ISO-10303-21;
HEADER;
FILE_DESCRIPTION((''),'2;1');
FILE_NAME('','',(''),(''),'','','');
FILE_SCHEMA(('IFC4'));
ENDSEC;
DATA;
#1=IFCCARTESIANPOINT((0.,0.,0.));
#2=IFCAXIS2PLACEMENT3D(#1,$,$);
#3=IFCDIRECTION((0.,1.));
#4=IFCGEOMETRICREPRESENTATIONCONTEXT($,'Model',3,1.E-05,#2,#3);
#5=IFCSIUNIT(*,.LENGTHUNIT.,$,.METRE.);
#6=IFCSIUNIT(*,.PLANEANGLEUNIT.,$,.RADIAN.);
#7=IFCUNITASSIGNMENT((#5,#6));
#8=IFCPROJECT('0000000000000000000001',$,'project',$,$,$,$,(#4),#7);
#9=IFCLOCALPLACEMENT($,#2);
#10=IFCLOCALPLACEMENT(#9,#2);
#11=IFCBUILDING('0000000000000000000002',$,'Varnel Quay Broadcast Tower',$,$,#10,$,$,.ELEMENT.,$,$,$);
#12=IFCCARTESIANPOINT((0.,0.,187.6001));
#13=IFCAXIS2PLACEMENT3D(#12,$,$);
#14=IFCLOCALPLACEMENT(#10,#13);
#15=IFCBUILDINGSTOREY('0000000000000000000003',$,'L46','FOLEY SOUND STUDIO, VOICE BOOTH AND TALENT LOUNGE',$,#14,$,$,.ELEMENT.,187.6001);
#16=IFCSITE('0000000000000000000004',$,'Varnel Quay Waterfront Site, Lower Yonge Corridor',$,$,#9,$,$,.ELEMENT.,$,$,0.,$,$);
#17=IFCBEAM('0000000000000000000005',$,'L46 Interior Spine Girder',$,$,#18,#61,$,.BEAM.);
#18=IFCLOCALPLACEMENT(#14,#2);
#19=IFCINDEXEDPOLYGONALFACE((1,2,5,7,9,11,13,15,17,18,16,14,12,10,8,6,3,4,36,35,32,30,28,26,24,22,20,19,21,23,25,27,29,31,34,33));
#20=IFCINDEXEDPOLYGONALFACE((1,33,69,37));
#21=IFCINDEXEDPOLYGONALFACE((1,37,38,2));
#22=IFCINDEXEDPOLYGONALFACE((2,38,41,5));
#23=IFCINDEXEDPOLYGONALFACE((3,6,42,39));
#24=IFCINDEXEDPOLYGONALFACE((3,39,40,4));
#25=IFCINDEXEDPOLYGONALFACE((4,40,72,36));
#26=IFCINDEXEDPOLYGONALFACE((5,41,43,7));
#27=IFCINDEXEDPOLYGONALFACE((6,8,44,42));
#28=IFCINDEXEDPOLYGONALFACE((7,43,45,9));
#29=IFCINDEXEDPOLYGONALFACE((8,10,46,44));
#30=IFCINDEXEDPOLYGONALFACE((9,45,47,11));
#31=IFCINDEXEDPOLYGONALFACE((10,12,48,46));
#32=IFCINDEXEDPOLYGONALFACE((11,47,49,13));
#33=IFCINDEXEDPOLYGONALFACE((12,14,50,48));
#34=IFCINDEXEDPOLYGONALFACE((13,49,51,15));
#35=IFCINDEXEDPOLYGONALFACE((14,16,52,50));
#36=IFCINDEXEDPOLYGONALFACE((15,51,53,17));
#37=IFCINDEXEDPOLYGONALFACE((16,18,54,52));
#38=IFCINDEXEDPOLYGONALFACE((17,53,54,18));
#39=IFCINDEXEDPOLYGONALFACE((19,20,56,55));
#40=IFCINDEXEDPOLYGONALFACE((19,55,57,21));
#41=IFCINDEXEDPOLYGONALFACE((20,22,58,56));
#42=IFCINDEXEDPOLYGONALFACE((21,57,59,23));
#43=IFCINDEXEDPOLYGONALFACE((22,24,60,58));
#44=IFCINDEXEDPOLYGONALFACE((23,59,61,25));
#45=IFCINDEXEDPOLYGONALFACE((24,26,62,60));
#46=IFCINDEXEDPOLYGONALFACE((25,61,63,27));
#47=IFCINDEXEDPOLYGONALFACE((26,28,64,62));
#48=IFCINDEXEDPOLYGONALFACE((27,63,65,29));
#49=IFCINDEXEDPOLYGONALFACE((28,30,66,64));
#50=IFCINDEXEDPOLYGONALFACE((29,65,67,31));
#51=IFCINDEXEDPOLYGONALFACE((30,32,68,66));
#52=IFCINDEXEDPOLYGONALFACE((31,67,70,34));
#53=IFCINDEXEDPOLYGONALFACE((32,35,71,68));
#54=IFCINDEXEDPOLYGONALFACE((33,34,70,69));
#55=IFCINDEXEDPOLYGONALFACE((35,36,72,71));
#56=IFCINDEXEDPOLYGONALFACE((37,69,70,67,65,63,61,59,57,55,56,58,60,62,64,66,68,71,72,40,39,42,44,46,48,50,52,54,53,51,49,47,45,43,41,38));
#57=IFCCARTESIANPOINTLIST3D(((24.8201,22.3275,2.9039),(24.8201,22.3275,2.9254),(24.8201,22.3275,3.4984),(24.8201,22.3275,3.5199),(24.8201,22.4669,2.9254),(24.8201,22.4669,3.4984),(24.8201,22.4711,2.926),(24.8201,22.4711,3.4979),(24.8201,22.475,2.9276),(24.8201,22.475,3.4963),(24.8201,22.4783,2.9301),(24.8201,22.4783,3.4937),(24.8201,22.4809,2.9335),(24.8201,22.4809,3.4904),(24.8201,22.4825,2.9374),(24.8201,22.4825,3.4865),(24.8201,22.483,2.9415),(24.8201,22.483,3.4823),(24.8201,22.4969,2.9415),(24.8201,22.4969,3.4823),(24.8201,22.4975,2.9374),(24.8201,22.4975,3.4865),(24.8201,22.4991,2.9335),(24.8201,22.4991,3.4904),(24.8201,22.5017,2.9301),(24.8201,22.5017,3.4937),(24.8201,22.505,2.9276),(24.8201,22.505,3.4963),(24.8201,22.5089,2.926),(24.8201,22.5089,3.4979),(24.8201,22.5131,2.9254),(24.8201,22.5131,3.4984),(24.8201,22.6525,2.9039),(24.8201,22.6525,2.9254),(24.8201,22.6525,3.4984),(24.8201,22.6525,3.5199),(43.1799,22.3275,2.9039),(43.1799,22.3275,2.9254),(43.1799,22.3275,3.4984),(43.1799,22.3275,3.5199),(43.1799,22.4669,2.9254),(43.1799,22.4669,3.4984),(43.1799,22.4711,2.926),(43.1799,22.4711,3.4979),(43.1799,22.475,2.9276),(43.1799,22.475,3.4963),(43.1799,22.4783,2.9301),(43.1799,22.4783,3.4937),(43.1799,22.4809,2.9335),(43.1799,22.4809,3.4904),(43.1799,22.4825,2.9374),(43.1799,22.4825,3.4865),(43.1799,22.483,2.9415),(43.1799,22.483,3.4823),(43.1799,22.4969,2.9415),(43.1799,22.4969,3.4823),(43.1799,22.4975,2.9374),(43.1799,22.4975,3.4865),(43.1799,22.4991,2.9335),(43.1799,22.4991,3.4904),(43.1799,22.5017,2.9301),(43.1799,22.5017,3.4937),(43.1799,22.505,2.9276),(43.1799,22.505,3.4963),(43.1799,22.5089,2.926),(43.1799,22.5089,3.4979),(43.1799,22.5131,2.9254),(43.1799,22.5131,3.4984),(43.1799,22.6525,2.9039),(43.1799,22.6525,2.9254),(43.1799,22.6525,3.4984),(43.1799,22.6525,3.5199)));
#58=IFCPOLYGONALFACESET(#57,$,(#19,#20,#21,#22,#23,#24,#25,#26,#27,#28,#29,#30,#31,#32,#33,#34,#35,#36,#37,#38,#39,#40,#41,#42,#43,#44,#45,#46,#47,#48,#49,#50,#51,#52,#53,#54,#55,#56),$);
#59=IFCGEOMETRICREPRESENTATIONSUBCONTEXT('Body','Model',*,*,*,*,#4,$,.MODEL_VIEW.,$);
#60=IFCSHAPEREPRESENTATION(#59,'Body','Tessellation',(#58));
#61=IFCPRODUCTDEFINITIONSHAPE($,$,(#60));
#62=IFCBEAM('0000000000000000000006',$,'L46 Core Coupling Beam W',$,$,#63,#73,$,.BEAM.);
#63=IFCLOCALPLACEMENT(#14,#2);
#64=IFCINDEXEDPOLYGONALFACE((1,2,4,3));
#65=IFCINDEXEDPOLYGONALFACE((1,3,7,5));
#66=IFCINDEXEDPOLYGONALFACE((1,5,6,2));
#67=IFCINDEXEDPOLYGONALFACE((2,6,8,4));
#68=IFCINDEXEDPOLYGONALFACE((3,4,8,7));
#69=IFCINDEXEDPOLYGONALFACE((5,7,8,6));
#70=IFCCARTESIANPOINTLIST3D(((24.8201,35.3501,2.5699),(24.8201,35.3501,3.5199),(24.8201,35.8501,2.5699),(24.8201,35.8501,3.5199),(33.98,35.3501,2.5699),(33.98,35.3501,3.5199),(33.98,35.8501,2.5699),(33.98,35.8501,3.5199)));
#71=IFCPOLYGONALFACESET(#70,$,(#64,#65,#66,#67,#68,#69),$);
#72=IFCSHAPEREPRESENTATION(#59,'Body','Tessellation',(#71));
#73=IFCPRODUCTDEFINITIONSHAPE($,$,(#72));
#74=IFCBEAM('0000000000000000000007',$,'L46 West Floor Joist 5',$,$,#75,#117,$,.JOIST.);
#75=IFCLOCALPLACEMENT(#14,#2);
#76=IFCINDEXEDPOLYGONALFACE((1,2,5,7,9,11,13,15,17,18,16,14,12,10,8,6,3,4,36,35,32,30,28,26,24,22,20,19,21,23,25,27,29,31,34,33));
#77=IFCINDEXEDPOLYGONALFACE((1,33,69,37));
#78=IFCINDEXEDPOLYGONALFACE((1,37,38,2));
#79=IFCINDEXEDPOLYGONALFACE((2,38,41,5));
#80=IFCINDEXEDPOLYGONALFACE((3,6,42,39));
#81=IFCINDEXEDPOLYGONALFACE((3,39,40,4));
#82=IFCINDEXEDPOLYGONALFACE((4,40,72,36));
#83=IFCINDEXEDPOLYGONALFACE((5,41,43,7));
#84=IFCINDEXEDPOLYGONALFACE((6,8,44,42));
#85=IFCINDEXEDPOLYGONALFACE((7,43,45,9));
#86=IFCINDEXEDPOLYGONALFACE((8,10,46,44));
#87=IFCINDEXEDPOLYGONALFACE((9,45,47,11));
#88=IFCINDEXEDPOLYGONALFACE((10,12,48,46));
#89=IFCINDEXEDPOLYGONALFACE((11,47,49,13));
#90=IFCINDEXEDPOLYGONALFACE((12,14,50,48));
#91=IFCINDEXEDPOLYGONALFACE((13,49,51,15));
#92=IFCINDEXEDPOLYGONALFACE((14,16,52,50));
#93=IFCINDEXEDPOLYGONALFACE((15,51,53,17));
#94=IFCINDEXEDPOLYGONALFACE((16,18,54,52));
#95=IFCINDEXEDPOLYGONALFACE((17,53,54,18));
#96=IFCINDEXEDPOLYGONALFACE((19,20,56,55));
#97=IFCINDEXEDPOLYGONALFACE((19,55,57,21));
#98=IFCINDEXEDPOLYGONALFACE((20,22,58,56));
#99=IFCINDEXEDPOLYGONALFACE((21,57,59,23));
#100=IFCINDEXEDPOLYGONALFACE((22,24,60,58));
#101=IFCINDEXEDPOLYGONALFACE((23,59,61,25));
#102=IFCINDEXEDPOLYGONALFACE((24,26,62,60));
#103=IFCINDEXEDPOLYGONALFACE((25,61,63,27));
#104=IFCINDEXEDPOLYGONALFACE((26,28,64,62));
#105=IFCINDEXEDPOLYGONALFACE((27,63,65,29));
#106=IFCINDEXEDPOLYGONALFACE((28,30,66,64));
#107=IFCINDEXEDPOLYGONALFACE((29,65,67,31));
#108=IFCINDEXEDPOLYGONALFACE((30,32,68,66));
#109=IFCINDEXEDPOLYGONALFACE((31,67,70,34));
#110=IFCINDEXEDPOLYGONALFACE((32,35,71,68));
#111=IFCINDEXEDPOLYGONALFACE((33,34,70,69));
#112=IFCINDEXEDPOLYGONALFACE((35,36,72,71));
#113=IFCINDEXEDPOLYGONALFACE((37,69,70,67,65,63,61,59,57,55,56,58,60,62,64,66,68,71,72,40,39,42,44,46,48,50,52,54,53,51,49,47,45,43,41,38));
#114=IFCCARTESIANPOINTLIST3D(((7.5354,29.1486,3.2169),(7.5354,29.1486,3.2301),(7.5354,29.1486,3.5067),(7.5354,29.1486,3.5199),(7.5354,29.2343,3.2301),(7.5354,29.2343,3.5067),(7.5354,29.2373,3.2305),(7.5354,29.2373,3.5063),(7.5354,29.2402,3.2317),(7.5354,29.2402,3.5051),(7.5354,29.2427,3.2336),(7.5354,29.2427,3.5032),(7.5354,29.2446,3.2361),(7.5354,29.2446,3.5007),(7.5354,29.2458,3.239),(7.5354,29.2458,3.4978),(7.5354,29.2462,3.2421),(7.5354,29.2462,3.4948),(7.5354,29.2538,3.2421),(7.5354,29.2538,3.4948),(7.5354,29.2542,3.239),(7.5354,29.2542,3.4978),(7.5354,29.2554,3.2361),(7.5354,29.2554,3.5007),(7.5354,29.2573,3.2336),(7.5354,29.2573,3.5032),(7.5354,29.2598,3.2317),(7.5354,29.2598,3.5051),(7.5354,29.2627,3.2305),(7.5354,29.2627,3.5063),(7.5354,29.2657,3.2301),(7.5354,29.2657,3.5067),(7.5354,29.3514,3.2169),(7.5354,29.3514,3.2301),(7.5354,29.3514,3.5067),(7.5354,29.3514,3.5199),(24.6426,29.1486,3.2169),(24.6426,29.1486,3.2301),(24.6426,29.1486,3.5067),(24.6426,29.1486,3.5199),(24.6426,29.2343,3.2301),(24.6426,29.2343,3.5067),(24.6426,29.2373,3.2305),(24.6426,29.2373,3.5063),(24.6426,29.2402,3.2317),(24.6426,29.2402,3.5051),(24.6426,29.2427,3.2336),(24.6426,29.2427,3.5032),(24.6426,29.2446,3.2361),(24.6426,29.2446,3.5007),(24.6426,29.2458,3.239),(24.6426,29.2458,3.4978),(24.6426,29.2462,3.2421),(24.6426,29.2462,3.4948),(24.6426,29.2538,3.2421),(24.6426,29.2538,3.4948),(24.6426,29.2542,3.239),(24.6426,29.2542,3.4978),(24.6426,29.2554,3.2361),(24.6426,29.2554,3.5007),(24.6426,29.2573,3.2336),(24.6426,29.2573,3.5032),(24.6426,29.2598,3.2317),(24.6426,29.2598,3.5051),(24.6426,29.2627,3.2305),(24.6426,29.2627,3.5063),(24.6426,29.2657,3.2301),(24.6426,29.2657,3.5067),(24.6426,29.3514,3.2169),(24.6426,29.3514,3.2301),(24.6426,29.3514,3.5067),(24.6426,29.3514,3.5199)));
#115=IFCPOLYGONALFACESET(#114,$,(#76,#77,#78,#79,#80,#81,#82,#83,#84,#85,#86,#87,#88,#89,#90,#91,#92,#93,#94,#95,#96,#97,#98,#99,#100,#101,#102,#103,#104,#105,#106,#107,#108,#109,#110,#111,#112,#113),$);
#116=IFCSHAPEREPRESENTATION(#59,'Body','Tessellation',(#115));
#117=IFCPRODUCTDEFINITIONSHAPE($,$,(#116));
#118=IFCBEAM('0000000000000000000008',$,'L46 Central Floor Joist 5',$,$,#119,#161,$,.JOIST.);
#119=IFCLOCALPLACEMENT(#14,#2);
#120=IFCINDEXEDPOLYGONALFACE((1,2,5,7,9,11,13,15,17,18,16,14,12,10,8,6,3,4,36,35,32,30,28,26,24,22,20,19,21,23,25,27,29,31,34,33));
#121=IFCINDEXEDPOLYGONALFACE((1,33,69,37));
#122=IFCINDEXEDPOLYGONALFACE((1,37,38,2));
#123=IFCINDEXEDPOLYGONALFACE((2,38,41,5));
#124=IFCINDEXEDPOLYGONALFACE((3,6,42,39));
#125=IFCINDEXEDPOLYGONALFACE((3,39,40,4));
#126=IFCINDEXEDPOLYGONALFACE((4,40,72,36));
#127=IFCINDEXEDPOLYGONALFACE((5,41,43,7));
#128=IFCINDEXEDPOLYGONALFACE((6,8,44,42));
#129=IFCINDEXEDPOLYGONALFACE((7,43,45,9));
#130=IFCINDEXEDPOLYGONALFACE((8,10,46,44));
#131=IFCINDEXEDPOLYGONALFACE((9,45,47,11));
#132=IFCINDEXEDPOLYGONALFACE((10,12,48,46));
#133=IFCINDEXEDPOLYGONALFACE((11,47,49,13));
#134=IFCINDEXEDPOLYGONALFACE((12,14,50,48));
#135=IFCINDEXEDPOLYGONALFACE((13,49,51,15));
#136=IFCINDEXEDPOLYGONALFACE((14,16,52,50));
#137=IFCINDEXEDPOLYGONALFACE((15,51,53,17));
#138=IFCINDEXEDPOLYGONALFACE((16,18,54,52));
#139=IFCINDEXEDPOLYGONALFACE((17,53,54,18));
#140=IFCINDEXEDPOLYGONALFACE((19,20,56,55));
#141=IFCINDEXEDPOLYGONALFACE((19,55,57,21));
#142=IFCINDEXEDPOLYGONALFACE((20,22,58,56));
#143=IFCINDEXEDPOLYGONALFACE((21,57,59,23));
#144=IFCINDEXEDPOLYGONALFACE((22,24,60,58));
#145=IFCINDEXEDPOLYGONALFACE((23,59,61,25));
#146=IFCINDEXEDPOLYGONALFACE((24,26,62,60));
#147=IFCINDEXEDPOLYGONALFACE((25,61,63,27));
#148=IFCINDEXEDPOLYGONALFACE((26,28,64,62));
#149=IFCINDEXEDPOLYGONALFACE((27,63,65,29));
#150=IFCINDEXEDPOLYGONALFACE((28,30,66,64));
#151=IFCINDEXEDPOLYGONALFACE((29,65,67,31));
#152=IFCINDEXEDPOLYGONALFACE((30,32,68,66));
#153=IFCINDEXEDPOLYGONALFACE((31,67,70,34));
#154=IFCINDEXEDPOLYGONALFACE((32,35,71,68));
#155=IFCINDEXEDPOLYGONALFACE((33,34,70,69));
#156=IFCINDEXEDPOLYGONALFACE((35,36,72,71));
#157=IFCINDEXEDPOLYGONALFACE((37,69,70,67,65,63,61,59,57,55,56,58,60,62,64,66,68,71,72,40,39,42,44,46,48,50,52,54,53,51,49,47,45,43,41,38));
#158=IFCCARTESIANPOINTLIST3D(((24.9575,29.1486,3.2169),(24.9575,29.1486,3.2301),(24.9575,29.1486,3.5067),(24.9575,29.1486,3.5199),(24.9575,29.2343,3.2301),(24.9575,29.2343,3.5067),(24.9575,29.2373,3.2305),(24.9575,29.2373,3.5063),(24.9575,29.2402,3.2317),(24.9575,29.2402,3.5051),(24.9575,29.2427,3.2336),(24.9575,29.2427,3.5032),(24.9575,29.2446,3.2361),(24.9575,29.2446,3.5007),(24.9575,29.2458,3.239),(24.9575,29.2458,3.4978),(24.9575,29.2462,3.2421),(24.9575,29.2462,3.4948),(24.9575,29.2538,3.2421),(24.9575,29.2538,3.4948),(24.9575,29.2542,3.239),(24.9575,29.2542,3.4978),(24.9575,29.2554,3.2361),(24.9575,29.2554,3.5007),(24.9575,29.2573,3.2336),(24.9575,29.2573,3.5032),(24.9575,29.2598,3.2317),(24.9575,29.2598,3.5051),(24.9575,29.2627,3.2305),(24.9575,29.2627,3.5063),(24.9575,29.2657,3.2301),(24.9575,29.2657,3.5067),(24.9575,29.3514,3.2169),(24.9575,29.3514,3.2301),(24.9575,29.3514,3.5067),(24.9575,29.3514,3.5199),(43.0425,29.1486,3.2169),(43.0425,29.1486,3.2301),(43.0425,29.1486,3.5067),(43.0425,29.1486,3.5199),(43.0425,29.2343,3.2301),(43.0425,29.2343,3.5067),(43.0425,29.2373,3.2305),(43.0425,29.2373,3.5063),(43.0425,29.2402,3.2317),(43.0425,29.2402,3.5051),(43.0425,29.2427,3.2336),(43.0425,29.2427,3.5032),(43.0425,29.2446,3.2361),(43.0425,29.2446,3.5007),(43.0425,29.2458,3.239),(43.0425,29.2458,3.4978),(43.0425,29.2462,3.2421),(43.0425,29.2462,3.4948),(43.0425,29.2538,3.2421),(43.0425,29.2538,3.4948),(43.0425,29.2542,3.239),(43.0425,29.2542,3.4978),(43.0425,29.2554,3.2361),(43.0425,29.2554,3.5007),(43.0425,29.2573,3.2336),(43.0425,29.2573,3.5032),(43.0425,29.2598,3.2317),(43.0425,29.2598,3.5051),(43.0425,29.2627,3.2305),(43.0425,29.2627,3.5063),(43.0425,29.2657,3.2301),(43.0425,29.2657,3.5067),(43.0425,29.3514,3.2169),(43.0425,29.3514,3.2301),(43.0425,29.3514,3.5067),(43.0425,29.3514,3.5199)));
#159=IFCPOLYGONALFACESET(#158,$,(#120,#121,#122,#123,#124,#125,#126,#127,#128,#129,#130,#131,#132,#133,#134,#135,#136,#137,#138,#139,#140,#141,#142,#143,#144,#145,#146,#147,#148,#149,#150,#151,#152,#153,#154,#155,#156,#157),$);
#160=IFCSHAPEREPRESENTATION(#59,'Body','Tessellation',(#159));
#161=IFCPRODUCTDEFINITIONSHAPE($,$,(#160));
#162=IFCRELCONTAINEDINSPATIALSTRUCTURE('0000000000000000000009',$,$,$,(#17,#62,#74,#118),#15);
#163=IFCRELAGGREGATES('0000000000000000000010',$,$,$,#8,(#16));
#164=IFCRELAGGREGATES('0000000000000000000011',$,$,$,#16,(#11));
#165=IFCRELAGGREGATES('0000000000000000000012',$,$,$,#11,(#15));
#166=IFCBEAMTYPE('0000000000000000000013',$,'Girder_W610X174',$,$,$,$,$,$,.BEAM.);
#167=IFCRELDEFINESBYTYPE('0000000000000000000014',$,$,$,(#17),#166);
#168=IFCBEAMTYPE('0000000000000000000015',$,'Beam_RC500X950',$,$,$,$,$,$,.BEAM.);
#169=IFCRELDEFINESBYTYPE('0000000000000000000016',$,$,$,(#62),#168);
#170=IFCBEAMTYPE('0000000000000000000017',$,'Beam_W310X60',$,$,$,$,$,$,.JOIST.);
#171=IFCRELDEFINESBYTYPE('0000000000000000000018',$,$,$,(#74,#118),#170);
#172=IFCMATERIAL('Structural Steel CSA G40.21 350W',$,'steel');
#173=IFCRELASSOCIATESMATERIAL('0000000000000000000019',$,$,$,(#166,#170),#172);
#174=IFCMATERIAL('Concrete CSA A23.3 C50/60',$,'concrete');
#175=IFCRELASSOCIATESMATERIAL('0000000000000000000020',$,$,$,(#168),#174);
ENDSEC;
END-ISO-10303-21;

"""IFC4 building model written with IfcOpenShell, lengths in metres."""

from ifc_helpers import new_model, si_unit, direction, frame, origin, origin_2d, place, context, subcontext, project, spatial, rectangle, i_section, extrude, source, transform, mapped, material, material_profile, profile_set, type_object, type_shapes, element, save


model = new_model("IFC4")

# Units and contexts
model_context = context("Model", 3, precision=1e-05, world=origin(), true_north=direction((0.0, 1.0)))
body_context = subcontext(model_context, "Body", "Model", "MODEL_VIEW")
ifc_project = project(units=[si_unit("LENGTHUNIT", "METRE"), si_unit("PLANEANGLEUNIT", "RADIAN")], contexts=[model_context])

# Site, building, storey
site_placement = place(None, origin())
site = spatial("IfcSite", under=ifc_project, at=site_placement, Name="Varnel Quay Waterfront Site, Lower Yonge Corridor", CompositionType="ELEMENT", RefElevation=0.0)
building_placement = place(site_placement, origin())
building = spatial("IfcBuilding", under=site, at=building_placement, Name="Varnel Quay Broadcast Tower", CompositionType="ELEMENT")
storey_placement = place(building_placement, frame((0.0, 0.0, 187.6001)))
storey = spatial("IfcBuildingStorey", under=building, at=storey_placement, Name="L46", Description="FOLEY SOUND STUDIO, VOICE BOOTH AND TALENT LOUNGE", CompositionType="ELEMENT", Elevation=187.6001)

# Shared definitions
ifc_material_1 = material(Name="Concrete CSA A23.3 C50/60", Category="concrete")

# Beams
ifc_material_2 = material(Name="Structural Steel CSA G40.21 350W", Category="steel")
ifc_material_profile_1 = material_profile(ifc_material_2, i_section(OverallWidth=0.325, OverallDepth=0.616, WebThickness=0.0139, FlangeThickness=0.0215, FilletRadius=0.0161, at=origin_2d()), Name="W610X174")
ifc_profile_set_1 = profile_set([ifc_material_profile_1], Name="Structural Steel CSA G40.21 350W")
beam_type_1 = type_object("IfcBeamType", Name="Girder_W610X174", PredefinedType="BEAM", material=ifc_profile_set_1)
shared_shape_1 = source(origin(), body_context, "Body", "SweptSolid", [
    extrude(i_section(OverallWidth=0.325, OverallDepth=0.616, WebThickness=0.0139, FlangeThickness=0.0215, FilletRadius=0.0161, at=origin_2d()), origin(), (0.0, 0.0, 1.0), 18.3599),
])
beam_1_placement = place(storey_placement, frame((24.8201, 22.49, 3.2119), z_axis=(1.0, 0.0, 0.0), x_axis=(0.0, 1.0, 0.0)))
element("IfcBeam", 1, at=beam_1_placement, inside=storey, type_object=beam_type_1, Name="L46 Interior Spine Girder", PredefinedType="BEAM", context=body_context, shape_type="MappedRepresentation", body=[
    mapped(shared_shape_1, transform((0.0, 0.0, 0.0), x_axis=(1.0, 0.0, 0.0), y_axis=(0.0, 1.0, 0.0), z_axis=(0.0, 0.0, 1.0), scale=1.0)),
])
ifc_material_profile_2 = material_profile(ifc_material_1, rectangle(XDim=0.5, YDim=0.95, at=origin_2d()), Name="RC500X950")
ifc_profile_set_2 = profile_set([ifc_material_profile_2], Name="Concrete CSA A23.3 C50/60")
beam_type_2 = type_object("IfcBeamType", Name="Beam_RC500X950", PredefinedType="BEAM", material=ifc_profile_set_2)
shared_shape_2 = source(origin(), body_context, "Body", "SweptSolid", [
    extrude(rectangle(XDim=0.5, YDim=0.95, at=origin_2d()), origin(), (0.0, 0.0, 1.0), 9.1599),
])
type_shapes(beam_type_2, [shared_shape_2])
beam_2_placement = place(storey_placement, frame((24.8201, 35.6001, 3.0449), z_axis=(1.0, 0.0, 0.0), x_axis=(0.0, 1.0, 0.0)))
element("IfcBeam", 2, at=beam_2_placement, inside=storey, type_object=beam_type_2, Name="L46 Core Coupling Beam W", PredefinedType="BEAM", context=body_context, shape_type="MappedRepresentation", body=[
    mapped(shared_shape_2, transform((0.0, 0.0, 0.0), x_axis=(1.0, 0.0, 0.0), y_axis=(0.0, 1.0, 0.0), z_axis=(0.0, 0.0, 1.0), scale=1.0)),
])
ifc_material_profile_3 = material_profile(ifc_material_2, i_section(OverallWidth=0.2029, OverallDepth=0.303, WebThickness=0.0076, FlangeThickness=0.0132, FilletRadius=0.012, at=origin_2d()), Name="W310X60")
ifc_profile_set_3 = profile_set([ifc_material_profile_3], Name="Structural Steel CSA G40.21 350W")
beam_type_3 = type_object("IfcBeamType", Name="Beam_W310X60", PredefinedType="JOIST", material=ifc_profile_set_3)
shared_shape_3 = source(origin(), body_context, "Body", "SweptSolid", [
    extrude(i_section(OverallWidth=0.2029, OverallDepth=0.303, WebThickness=0.0076, FlangeThickness=0.0132, FilletRadius=0.012, at=origin_2d()), origin(), (0.0, 0.0, 1.0), 17.1072),
])
beam_3_placement = place(storey_placement, frame((7.5354, 29.25, 3.3684), z_axis=(1.0, 0.0, 0.0), x_axis=(0.0, 1.0, 0.0)))
element("IfcBeam", 3, at=beam_3_placement, inside=storey, type_object=beam_type_3, Name="L46 West Floor Joist 5", PredefinedType="JOIST", context=body_context, shape_type="MappedRepresentation", body=[
    mapped(shared_shape_3, transform((0.0, 0.0, 0.0), x_axis=(1.0, 0.0, 0.0), y_axis=(0.0, 1.0, 0.0), z_axis=(0.0, 0.0, 1.0), scale=1.0)),
])
shared_shape_4 = source(origin(), body_context, "Body", "SweptSolid", [
    extrude(i_section(OverallWidth=0.2029, OverallDepth=0.303, WebThickness=0.0076, FlangeThickness=0.0132, FilletRadius=0.012, at=origin_2d()), origin(), (0.0, 0.0, 1.0), 18.085),
])
type_shapes(beam_type_3, [shared_shape_3, shared_shape_4])
beam_4_placement = place(storey_placement, frame((24.9575, 29.25, 3.3684), z_axis=(1.0, 0.0, 0.0), x_axis=(0.0, 1.0, 0.0)))
element("IfcBeam", 4, at=beam_4_placement, inside=storey, type_object=beam_type_3, Name="L46 Central Floor Joist 5", PredefinedType="JOIST", context=body_context, shape_type="MappedRepresentation", body=[
    mapped(shared_shape_4, transform((0.0, 0.0, 0.0), x_axis=(1.0, 0.0, 0.0), y_axis=(0.0, 1.0, 0.0), z_axis=(0.0, 0.0, 1.0), scale=1.0)),
])

save(model, "model.ifc")
